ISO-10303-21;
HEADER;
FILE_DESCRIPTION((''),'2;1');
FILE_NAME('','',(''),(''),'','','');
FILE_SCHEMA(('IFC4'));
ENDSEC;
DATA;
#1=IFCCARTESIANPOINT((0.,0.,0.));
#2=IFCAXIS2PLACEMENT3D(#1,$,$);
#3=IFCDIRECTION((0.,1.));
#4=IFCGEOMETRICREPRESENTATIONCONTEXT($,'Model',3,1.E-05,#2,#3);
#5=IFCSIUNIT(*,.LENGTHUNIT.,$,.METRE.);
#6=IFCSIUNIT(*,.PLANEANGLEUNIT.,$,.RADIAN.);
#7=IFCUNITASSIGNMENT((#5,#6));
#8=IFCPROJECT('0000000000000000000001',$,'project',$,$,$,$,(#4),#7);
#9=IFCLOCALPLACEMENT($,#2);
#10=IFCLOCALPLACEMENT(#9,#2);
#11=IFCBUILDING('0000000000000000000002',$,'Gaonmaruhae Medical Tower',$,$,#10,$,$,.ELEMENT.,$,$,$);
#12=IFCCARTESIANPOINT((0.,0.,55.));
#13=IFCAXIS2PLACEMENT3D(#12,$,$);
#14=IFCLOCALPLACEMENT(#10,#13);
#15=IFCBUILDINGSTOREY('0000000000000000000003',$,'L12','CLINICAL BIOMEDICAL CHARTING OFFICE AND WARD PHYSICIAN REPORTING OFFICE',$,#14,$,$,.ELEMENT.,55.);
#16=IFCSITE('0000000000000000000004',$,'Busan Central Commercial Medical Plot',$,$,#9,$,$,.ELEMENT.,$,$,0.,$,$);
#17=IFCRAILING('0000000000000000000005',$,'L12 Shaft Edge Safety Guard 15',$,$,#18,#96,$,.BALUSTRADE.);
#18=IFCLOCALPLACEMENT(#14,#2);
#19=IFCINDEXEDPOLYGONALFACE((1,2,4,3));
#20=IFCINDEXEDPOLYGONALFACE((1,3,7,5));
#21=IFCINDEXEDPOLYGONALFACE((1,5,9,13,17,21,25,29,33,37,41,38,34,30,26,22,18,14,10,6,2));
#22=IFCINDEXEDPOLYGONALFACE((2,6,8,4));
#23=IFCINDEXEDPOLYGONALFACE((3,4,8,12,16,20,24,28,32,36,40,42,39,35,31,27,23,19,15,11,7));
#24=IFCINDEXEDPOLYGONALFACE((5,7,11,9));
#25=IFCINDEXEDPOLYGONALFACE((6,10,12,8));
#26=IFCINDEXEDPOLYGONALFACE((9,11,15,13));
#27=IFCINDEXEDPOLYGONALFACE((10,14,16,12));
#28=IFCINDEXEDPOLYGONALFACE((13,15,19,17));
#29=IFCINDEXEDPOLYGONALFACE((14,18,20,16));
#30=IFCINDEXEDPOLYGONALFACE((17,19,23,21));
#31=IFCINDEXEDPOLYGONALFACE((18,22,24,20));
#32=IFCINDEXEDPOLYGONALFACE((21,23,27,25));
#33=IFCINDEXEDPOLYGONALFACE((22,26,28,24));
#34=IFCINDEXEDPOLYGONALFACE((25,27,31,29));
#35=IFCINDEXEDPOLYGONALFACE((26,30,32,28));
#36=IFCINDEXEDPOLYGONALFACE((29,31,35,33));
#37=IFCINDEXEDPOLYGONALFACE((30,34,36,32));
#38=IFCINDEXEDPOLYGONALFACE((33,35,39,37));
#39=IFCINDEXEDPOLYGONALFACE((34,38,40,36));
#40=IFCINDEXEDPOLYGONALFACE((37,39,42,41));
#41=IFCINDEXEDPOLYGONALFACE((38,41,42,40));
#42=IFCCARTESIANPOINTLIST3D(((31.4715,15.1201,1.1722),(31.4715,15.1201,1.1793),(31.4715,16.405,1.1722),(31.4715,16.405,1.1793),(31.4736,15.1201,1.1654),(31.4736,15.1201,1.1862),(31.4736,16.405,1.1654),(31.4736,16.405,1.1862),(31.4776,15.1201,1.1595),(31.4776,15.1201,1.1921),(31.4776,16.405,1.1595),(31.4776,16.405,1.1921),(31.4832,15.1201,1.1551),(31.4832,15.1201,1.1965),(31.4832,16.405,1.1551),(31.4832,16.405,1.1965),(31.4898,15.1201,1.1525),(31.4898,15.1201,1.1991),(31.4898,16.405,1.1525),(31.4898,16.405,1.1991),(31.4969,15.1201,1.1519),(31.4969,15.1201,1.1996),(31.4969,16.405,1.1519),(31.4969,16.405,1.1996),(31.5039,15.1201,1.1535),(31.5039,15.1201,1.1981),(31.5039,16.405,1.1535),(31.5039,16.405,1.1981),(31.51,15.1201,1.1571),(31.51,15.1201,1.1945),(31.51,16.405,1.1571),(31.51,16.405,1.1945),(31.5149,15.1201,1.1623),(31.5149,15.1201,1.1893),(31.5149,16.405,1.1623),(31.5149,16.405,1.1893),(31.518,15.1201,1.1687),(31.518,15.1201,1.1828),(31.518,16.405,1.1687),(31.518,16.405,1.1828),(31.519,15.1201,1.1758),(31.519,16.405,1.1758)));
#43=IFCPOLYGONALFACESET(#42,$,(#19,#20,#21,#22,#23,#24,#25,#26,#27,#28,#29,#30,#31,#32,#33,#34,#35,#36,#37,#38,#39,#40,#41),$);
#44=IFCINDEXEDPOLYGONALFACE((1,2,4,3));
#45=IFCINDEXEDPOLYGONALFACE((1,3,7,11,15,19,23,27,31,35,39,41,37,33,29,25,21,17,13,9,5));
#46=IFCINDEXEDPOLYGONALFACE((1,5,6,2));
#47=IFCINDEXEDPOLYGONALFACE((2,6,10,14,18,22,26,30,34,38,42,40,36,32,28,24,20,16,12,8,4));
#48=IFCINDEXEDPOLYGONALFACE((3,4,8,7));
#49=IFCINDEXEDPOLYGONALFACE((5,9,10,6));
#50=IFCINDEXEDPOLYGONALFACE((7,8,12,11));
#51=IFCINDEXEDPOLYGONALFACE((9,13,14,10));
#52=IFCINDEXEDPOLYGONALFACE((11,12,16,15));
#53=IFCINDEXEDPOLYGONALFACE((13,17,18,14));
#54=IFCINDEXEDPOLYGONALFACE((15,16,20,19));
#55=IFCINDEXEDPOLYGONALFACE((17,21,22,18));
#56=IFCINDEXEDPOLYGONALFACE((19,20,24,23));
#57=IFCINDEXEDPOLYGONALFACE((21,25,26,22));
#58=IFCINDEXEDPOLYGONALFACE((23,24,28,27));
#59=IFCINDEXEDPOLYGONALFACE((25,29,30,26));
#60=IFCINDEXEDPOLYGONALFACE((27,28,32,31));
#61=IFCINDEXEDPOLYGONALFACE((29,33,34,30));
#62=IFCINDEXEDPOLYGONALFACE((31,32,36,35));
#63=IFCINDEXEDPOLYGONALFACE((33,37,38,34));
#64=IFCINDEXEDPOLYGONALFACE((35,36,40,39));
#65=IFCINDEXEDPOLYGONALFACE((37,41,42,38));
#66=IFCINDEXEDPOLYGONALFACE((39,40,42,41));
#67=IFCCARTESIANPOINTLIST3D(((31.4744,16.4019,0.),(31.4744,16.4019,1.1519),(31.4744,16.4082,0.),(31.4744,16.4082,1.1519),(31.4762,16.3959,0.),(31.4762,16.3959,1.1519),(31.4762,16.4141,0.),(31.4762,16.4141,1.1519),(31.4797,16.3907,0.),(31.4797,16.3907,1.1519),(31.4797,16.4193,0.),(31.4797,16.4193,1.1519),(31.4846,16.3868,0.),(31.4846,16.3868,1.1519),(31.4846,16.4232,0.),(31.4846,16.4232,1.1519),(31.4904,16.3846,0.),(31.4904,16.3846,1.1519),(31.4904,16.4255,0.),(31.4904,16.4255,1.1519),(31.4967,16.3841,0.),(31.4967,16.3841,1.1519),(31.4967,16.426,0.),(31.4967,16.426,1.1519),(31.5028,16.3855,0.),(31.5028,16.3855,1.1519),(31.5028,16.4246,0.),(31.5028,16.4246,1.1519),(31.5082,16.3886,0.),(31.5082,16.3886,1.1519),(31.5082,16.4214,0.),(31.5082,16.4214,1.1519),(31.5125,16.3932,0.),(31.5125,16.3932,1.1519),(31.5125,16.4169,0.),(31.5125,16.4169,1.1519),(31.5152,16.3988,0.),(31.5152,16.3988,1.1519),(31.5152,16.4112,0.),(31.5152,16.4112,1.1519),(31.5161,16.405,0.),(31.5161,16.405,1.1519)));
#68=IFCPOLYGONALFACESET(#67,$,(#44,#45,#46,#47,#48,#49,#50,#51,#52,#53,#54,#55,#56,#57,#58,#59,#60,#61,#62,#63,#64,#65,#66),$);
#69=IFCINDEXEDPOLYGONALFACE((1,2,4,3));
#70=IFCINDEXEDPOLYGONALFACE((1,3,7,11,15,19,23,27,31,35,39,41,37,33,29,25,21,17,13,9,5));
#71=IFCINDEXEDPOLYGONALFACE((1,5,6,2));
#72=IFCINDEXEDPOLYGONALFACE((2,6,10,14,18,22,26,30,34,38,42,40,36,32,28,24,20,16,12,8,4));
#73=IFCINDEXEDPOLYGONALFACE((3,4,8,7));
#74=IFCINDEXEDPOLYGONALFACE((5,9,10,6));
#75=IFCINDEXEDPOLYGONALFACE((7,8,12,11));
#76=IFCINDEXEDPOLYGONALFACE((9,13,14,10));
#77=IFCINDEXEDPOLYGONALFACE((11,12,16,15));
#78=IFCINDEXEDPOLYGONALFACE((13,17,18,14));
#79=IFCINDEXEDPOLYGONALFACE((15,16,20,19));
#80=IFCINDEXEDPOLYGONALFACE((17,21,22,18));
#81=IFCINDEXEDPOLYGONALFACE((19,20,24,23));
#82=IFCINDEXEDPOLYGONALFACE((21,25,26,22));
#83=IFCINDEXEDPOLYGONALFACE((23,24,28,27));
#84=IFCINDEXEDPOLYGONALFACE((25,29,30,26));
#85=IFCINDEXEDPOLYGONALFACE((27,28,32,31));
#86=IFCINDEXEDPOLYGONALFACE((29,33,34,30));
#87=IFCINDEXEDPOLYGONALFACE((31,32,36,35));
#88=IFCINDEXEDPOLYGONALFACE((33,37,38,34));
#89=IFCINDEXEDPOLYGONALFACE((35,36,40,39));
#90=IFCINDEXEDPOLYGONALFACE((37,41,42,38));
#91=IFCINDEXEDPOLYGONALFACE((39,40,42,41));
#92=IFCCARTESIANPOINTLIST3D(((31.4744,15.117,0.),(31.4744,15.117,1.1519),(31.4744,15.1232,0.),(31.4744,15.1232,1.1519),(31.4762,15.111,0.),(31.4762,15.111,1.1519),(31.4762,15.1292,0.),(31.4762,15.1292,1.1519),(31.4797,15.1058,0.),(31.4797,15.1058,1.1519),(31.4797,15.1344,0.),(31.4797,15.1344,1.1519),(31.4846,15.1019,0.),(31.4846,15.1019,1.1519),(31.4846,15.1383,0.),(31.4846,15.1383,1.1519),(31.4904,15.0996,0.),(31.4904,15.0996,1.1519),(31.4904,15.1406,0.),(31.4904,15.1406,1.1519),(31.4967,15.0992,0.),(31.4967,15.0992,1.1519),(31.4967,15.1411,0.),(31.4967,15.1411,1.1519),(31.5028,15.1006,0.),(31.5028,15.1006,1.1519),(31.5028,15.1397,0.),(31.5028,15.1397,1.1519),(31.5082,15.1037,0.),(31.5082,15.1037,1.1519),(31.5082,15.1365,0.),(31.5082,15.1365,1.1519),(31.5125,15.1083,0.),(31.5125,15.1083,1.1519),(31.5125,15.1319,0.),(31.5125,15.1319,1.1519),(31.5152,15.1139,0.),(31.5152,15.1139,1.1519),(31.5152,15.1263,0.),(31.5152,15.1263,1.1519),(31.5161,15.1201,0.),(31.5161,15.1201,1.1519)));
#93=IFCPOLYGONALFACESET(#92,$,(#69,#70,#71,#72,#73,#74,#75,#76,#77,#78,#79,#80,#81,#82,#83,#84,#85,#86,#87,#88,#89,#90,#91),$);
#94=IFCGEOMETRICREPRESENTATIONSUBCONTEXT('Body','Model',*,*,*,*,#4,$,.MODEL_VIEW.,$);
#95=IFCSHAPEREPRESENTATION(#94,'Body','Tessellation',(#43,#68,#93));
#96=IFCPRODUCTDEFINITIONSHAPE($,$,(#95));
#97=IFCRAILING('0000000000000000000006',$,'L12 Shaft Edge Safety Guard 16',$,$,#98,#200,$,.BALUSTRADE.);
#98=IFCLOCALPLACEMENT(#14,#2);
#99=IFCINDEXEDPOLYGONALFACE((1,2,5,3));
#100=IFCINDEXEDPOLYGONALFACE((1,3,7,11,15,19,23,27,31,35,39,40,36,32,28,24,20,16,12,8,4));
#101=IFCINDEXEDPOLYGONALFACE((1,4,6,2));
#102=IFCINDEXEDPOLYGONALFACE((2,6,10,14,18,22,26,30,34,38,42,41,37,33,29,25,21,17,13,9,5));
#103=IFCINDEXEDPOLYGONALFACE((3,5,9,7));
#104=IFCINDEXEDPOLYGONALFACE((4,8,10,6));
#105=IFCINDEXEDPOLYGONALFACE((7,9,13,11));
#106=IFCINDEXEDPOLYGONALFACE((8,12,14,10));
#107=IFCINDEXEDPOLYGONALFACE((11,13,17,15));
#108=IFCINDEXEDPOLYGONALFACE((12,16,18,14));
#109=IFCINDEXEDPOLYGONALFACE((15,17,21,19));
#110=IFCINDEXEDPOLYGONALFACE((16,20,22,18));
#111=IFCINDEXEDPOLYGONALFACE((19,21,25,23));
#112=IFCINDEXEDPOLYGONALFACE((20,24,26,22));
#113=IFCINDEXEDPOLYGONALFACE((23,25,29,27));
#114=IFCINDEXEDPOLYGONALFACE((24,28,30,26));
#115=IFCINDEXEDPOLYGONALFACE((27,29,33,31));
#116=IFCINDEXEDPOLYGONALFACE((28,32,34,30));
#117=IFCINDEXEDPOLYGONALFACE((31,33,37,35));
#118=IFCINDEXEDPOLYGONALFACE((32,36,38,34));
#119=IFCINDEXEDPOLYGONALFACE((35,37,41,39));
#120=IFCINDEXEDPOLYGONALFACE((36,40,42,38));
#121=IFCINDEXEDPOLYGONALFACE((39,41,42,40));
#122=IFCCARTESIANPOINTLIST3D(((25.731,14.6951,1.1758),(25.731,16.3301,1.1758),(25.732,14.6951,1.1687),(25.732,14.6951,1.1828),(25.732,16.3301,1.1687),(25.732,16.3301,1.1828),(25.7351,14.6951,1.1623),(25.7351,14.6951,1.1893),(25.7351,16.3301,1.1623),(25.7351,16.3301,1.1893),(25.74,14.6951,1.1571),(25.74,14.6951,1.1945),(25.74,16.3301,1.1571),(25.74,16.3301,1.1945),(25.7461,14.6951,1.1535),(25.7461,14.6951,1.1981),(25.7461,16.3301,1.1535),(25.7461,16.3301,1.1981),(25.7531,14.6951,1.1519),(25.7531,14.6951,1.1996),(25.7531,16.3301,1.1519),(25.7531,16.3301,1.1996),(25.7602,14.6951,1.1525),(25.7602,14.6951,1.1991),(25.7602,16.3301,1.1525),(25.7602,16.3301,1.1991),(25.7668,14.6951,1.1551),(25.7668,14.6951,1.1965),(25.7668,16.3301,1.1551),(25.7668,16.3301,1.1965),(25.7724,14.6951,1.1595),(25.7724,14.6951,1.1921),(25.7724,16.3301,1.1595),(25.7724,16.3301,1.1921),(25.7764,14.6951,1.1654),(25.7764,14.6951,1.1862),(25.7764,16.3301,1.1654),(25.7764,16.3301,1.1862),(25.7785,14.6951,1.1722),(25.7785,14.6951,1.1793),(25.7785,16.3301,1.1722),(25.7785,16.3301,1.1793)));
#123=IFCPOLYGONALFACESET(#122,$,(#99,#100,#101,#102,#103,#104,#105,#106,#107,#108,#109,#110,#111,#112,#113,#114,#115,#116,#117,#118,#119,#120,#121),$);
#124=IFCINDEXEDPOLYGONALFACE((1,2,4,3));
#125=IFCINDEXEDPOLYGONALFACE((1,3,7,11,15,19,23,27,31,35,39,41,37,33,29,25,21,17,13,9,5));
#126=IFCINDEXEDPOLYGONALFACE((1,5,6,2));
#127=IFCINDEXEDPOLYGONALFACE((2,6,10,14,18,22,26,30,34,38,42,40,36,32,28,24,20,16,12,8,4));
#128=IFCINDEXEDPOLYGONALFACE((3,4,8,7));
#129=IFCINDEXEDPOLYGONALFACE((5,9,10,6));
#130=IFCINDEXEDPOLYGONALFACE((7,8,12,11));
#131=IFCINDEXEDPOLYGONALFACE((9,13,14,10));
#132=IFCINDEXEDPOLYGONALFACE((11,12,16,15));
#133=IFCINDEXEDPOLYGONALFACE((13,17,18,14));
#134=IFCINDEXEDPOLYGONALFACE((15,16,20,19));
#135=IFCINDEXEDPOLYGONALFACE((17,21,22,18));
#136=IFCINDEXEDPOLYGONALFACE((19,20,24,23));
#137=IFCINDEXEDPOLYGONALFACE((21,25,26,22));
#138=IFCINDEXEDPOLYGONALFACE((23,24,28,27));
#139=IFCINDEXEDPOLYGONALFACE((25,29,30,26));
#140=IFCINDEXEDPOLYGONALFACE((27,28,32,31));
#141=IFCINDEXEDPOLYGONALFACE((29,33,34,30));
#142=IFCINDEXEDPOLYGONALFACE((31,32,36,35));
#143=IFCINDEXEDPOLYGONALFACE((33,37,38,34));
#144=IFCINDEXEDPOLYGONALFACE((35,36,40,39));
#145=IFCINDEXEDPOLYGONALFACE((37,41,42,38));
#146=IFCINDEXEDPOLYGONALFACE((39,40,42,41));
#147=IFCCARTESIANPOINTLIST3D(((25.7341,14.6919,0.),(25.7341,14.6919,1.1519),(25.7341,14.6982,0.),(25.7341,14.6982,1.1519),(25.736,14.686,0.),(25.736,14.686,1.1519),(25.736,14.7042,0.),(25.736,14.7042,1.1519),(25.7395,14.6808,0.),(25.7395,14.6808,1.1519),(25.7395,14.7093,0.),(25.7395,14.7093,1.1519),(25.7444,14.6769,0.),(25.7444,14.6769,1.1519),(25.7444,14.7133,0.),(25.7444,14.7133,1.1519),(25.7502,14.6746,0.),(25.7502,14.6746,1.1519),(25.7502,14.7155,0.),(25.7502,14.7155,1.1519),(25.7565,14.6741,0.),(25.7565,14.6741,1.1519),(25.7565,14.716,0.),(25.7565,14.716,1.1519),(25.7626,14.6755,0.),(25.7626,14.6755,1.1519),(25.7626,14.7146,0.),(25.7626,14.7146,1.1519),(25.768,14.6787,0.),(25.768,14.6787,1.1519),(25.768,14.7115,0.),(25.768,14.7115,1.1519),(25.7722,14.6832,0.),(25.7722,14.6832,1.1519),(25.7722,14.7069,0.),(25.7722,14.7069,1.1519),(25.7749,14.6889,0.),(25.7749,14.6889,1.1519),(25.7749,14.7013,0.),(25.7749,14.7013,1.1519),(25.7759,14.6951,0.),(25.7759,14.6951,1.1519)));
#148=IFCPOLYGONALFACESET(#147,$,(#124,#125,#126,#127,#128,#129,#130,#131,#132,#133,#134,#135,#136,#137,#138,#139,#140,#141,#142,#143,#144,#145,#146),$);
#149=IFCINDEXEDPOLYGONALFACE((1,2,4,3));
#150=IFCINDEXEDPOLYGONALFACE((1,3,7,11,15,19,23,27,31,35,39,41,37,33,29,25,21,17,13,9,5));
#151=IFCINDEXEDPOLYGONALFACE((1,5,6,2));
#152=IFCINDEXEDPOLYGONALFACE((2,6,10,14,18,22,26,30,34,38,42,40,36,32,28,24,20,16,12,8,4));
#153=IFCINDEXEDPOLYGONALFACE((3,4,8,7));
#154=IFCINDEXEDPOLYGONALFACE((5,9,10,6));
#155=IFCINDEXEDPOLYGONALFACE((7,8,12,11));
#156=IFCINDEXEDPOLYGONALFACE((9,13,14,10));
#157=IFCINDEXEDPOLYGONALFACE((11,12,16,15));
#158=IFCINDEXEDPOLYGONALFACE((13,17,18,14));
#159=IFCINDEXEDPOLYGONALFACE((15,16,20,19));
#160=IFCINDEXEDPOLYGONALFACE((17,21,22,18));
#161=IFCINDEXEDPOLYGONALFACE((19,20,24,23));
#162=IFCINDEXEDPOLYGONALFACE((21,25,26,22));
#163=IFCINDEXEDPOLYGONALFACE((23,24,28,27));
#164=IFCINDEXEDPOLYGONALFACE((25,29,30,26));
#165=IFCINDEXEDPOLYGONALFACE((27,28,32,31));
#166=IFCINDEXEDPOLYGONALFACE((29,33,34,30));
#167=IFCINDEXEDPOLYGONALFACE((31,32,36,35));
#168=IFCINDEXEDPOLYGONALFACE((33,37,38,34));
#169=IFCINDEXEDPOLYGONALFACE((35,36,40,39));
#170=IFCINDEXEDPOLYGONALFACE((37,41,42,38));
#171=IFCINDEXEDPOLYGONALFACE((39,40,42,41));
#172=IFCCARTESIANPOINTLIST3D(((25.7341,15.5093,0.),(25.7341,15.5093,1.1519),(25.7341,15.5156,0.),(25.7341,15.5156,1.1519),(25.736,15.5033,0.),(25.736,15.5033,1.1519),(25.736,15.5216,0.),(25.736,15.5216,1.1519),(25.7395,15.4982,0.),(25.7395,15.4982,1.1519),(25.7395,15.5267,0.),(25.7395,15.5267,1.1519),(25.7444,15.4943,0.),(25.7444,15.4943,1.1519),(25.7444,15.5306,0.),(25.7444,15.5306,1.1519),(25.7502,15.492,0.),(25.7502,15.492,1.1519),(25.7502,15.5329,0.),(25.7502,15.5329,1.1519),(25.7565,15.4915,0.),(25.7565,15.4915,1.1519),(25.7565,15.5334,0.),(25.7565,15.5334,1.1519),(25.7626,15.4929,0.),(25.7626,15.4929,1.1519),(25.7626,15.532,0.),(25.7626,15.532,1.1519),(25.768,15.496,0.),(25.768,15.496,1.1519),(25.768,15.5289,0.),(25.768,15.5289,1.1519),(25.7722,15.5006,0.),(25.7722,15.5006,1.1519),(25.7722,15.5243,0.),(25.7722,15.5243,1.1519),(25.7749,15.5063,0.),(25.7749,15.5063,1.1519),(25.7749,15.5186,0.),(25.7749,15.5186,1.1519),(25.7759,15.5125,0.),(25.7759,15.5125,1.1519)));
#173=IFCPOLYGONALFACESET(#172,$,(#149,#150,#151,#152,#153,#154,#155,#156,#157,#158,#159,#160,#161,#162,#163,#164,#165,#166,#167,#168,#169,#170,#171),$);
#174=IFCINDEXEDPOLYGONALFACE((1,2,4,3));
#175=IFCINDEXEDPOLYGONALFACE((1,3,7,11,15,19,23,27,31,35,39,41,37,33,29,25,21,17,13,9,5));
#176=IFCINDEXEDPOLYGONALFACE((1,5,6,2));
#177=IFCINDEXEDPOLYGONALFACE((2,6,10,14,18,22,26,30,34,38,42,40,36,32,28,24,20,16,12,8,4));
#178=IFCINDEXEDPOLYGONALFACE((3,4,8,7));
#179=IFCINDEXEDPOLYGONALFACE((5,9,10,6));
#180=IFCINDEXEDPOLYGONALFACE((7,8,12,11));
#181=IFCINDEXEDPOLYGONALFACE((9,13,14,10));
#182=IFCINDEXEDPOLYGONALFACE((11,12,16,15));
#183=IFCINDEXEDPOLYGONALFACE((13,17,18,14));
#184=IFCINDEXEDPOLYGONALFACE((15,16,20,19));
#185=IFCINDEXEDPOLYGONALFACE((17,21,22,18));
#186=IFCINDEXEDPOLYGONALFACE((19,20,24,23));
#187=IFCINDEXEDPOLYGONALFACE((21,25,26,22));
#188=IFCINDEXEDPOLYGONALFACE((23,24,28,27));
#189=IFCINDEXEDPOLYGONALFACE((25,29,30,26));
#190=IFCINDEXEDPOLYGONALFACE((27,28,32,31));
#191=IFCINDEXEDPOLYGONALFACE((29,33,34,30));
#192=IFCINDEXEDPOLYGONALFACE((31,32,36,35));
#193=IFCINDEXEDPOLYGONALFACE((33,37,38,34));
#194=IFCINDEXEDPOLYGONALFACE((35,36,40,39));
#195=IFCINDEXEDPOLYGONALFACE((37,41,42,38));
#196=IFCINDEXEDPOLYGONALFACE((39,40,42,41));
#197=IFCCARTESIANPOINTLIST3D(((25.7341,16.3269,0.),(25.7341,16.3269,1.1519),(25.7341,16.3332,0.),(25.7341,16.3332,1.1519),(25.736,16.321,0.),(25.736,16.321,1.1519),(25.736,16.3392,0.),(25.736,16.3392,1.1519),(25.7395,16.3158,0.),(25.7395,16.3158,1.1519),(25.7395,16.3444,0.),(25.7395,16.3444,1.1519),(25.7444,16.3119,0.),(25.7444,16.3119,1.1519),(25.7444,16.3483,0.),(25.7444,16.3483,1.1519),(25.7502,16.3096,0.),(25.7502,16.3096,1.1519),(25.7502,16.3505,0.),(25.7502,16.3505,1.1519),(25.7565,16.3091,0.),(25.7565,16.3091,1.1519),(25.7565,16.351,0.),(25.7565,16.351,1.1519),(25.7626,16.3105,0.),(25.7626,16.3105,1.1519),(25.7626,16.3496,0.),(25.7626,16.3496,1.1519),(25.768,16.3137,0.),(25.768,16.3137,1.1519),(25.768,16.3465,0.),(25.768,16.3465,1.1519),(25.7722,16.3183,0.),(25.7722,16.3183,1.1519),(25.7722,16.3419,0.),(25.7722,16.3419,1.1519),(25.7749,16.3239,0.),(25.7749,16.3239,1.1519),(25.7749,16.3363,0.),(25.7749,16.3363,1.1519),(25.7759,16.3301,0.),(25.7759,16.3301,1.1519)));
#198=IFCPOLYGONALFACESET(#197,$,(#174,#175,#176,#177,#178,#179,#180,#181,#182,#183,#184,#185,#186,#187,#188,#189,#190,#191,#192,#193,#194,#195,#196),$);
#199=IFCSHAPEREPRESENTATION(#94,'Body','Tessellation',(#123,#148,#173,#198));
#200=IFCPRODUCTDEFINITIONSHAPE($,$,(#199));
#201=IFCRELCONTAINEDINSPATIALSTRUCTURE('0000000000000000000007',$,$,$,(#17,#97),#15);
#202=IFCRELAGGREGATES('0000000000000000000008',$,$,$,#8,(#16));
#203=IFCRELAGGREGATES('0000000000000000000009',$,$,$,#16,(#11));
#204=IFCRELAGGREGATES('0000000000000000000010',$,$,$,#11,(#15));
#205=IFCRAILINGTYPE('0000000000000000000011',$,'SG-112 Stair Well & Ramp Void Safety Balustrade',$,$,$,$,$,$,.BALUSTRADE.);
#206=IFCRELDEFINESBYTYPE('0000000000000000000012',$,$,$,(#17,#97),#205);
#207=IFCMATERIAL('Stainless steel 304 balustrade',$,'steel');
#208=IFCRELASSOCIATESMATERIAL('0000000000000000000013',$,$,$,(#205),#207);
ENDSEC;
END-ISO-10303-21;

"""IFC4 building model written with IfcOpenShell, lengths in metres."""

from ifc_helpers import new_model, si_unit, direction, frame, origin, origin_2d, place, context, subcontext, project, spatial, circle, extrude, material, type_object, element, save


model = new_model("IFC4")

# Units and contexts
model_context = context("Model", 3, precision=1e-05, world=origin(), true_north=direction((0.0, 1.0)))
body_context = subcontext(model_context, "Body", "Model", "MODEL_VIEW")
ifc_project = project(units=[si_unit("LENGTHUNIT", "METRE"), si_unit("PLANEANGLEUNIT", "RADIAN")], contexts=[model_context])

# Site, building, storey
site_placement = place(None, origin())
site = spatial("IfcSite", under=ifc_project, at=site_placement, Name="Busan Central Commercial Medical Plot", CompositionType="ELEMENT", RefElevation=0.0)
building_placement = place(site_placement, origin())
building = spatial("IfcBuilding", under=site, at=building_placement, Name="Gaonmaruhae Medical Tower", CompositionType="ELEMENT")
storey_placement = place(building_placement, frame((0.0, 0.0, 55.0)))
storey = spatial("IfcBuildingStorey", under=building, at=storey_placement, Name="L12", Description="CLINICAL BIOMEDICAL CHARTING OFFICE AND WARD PHYSICIAN REPORTING OFFICE", CompositionType="ELEMENT", Elevation=55.0)

# Railings
ifc_material_1 = material(Name="Stainless steel 304 balustrade", Category="steel")
railing_type = type_object("IfcRailingType", Name="SG-112 Stair Well & Ramp Void Safety Balustrade", PredefinedType="BALUSTRADE", material=ifc_material_1)
railing_1_placement = place(storey_placement, frame((31.4951, 16.405, 0.0)))
element("IfcRailing", 1, at=railing_1_placement, inside=storey, type_object=railing_type, Name="L12 Shaft Edge Safety Guard 15", PredefinedType="BALUSTRADE", context=body_context, shape_type="SweptSolid", body=[
    extrude(circle(Radius=0.0239, at=origin_2d()), frame((0.0, 0.0, 1.1758), z_axis=(0.0, -1.0, 0.0), x_axis=(1.0, 0.0, 0.0)), (0.0, 0.0, 1.0), 1.2849),
    extrude(circle(Radius=0.021, at=origin_2d()), origin(), (0.0, 0.0, 1.0), 1.1519),
    extrude(circle(Radius=0.021, at=origin_2d()), frame((0.0, -1.2849, 0.0)), (0.0, 0.0, 1.0), 1.1519),
])
railing_2_placement = place(storey_placement, frame((25.7549, 14.6951, 0.0)))
element("IfcRailing", 2, at=railing_2_placement, inside=storey, type_object=railing_type, Name="L12 Shaft Edge Safety Guard 16", PredefinedType="BALUSTRADE", context=body_context, shape_type="SweptSolid", body=[
    extrude(circle(Radius=0.0239, at=origin_2d()), frame((0.0, 0.0, 1.1758), z_axis=(0.0, 1.0, 0.0), x_axis=(-1.0, 0.0, 0.0)), (0.0, 0.0, 1.0), 1.635),
    extrude(circle(Radius=0.021, at=origin_2d()), origin(), (0.0, 0.0, 1.0), 1.1519),
    extrude(circle(Radius=0.021, at=origin_2d()), frame((0.0, 0.8174, 0.0)), (0.0, 0.0, 1.0), 1.1519),
    extrude(circle(Radius=0.021, at=origin_2d()), frame((0.0, 1.635, 0.0)), (0.0, 0.0, 1.0), 1.1519),
])

save(model, "model.ifc")
